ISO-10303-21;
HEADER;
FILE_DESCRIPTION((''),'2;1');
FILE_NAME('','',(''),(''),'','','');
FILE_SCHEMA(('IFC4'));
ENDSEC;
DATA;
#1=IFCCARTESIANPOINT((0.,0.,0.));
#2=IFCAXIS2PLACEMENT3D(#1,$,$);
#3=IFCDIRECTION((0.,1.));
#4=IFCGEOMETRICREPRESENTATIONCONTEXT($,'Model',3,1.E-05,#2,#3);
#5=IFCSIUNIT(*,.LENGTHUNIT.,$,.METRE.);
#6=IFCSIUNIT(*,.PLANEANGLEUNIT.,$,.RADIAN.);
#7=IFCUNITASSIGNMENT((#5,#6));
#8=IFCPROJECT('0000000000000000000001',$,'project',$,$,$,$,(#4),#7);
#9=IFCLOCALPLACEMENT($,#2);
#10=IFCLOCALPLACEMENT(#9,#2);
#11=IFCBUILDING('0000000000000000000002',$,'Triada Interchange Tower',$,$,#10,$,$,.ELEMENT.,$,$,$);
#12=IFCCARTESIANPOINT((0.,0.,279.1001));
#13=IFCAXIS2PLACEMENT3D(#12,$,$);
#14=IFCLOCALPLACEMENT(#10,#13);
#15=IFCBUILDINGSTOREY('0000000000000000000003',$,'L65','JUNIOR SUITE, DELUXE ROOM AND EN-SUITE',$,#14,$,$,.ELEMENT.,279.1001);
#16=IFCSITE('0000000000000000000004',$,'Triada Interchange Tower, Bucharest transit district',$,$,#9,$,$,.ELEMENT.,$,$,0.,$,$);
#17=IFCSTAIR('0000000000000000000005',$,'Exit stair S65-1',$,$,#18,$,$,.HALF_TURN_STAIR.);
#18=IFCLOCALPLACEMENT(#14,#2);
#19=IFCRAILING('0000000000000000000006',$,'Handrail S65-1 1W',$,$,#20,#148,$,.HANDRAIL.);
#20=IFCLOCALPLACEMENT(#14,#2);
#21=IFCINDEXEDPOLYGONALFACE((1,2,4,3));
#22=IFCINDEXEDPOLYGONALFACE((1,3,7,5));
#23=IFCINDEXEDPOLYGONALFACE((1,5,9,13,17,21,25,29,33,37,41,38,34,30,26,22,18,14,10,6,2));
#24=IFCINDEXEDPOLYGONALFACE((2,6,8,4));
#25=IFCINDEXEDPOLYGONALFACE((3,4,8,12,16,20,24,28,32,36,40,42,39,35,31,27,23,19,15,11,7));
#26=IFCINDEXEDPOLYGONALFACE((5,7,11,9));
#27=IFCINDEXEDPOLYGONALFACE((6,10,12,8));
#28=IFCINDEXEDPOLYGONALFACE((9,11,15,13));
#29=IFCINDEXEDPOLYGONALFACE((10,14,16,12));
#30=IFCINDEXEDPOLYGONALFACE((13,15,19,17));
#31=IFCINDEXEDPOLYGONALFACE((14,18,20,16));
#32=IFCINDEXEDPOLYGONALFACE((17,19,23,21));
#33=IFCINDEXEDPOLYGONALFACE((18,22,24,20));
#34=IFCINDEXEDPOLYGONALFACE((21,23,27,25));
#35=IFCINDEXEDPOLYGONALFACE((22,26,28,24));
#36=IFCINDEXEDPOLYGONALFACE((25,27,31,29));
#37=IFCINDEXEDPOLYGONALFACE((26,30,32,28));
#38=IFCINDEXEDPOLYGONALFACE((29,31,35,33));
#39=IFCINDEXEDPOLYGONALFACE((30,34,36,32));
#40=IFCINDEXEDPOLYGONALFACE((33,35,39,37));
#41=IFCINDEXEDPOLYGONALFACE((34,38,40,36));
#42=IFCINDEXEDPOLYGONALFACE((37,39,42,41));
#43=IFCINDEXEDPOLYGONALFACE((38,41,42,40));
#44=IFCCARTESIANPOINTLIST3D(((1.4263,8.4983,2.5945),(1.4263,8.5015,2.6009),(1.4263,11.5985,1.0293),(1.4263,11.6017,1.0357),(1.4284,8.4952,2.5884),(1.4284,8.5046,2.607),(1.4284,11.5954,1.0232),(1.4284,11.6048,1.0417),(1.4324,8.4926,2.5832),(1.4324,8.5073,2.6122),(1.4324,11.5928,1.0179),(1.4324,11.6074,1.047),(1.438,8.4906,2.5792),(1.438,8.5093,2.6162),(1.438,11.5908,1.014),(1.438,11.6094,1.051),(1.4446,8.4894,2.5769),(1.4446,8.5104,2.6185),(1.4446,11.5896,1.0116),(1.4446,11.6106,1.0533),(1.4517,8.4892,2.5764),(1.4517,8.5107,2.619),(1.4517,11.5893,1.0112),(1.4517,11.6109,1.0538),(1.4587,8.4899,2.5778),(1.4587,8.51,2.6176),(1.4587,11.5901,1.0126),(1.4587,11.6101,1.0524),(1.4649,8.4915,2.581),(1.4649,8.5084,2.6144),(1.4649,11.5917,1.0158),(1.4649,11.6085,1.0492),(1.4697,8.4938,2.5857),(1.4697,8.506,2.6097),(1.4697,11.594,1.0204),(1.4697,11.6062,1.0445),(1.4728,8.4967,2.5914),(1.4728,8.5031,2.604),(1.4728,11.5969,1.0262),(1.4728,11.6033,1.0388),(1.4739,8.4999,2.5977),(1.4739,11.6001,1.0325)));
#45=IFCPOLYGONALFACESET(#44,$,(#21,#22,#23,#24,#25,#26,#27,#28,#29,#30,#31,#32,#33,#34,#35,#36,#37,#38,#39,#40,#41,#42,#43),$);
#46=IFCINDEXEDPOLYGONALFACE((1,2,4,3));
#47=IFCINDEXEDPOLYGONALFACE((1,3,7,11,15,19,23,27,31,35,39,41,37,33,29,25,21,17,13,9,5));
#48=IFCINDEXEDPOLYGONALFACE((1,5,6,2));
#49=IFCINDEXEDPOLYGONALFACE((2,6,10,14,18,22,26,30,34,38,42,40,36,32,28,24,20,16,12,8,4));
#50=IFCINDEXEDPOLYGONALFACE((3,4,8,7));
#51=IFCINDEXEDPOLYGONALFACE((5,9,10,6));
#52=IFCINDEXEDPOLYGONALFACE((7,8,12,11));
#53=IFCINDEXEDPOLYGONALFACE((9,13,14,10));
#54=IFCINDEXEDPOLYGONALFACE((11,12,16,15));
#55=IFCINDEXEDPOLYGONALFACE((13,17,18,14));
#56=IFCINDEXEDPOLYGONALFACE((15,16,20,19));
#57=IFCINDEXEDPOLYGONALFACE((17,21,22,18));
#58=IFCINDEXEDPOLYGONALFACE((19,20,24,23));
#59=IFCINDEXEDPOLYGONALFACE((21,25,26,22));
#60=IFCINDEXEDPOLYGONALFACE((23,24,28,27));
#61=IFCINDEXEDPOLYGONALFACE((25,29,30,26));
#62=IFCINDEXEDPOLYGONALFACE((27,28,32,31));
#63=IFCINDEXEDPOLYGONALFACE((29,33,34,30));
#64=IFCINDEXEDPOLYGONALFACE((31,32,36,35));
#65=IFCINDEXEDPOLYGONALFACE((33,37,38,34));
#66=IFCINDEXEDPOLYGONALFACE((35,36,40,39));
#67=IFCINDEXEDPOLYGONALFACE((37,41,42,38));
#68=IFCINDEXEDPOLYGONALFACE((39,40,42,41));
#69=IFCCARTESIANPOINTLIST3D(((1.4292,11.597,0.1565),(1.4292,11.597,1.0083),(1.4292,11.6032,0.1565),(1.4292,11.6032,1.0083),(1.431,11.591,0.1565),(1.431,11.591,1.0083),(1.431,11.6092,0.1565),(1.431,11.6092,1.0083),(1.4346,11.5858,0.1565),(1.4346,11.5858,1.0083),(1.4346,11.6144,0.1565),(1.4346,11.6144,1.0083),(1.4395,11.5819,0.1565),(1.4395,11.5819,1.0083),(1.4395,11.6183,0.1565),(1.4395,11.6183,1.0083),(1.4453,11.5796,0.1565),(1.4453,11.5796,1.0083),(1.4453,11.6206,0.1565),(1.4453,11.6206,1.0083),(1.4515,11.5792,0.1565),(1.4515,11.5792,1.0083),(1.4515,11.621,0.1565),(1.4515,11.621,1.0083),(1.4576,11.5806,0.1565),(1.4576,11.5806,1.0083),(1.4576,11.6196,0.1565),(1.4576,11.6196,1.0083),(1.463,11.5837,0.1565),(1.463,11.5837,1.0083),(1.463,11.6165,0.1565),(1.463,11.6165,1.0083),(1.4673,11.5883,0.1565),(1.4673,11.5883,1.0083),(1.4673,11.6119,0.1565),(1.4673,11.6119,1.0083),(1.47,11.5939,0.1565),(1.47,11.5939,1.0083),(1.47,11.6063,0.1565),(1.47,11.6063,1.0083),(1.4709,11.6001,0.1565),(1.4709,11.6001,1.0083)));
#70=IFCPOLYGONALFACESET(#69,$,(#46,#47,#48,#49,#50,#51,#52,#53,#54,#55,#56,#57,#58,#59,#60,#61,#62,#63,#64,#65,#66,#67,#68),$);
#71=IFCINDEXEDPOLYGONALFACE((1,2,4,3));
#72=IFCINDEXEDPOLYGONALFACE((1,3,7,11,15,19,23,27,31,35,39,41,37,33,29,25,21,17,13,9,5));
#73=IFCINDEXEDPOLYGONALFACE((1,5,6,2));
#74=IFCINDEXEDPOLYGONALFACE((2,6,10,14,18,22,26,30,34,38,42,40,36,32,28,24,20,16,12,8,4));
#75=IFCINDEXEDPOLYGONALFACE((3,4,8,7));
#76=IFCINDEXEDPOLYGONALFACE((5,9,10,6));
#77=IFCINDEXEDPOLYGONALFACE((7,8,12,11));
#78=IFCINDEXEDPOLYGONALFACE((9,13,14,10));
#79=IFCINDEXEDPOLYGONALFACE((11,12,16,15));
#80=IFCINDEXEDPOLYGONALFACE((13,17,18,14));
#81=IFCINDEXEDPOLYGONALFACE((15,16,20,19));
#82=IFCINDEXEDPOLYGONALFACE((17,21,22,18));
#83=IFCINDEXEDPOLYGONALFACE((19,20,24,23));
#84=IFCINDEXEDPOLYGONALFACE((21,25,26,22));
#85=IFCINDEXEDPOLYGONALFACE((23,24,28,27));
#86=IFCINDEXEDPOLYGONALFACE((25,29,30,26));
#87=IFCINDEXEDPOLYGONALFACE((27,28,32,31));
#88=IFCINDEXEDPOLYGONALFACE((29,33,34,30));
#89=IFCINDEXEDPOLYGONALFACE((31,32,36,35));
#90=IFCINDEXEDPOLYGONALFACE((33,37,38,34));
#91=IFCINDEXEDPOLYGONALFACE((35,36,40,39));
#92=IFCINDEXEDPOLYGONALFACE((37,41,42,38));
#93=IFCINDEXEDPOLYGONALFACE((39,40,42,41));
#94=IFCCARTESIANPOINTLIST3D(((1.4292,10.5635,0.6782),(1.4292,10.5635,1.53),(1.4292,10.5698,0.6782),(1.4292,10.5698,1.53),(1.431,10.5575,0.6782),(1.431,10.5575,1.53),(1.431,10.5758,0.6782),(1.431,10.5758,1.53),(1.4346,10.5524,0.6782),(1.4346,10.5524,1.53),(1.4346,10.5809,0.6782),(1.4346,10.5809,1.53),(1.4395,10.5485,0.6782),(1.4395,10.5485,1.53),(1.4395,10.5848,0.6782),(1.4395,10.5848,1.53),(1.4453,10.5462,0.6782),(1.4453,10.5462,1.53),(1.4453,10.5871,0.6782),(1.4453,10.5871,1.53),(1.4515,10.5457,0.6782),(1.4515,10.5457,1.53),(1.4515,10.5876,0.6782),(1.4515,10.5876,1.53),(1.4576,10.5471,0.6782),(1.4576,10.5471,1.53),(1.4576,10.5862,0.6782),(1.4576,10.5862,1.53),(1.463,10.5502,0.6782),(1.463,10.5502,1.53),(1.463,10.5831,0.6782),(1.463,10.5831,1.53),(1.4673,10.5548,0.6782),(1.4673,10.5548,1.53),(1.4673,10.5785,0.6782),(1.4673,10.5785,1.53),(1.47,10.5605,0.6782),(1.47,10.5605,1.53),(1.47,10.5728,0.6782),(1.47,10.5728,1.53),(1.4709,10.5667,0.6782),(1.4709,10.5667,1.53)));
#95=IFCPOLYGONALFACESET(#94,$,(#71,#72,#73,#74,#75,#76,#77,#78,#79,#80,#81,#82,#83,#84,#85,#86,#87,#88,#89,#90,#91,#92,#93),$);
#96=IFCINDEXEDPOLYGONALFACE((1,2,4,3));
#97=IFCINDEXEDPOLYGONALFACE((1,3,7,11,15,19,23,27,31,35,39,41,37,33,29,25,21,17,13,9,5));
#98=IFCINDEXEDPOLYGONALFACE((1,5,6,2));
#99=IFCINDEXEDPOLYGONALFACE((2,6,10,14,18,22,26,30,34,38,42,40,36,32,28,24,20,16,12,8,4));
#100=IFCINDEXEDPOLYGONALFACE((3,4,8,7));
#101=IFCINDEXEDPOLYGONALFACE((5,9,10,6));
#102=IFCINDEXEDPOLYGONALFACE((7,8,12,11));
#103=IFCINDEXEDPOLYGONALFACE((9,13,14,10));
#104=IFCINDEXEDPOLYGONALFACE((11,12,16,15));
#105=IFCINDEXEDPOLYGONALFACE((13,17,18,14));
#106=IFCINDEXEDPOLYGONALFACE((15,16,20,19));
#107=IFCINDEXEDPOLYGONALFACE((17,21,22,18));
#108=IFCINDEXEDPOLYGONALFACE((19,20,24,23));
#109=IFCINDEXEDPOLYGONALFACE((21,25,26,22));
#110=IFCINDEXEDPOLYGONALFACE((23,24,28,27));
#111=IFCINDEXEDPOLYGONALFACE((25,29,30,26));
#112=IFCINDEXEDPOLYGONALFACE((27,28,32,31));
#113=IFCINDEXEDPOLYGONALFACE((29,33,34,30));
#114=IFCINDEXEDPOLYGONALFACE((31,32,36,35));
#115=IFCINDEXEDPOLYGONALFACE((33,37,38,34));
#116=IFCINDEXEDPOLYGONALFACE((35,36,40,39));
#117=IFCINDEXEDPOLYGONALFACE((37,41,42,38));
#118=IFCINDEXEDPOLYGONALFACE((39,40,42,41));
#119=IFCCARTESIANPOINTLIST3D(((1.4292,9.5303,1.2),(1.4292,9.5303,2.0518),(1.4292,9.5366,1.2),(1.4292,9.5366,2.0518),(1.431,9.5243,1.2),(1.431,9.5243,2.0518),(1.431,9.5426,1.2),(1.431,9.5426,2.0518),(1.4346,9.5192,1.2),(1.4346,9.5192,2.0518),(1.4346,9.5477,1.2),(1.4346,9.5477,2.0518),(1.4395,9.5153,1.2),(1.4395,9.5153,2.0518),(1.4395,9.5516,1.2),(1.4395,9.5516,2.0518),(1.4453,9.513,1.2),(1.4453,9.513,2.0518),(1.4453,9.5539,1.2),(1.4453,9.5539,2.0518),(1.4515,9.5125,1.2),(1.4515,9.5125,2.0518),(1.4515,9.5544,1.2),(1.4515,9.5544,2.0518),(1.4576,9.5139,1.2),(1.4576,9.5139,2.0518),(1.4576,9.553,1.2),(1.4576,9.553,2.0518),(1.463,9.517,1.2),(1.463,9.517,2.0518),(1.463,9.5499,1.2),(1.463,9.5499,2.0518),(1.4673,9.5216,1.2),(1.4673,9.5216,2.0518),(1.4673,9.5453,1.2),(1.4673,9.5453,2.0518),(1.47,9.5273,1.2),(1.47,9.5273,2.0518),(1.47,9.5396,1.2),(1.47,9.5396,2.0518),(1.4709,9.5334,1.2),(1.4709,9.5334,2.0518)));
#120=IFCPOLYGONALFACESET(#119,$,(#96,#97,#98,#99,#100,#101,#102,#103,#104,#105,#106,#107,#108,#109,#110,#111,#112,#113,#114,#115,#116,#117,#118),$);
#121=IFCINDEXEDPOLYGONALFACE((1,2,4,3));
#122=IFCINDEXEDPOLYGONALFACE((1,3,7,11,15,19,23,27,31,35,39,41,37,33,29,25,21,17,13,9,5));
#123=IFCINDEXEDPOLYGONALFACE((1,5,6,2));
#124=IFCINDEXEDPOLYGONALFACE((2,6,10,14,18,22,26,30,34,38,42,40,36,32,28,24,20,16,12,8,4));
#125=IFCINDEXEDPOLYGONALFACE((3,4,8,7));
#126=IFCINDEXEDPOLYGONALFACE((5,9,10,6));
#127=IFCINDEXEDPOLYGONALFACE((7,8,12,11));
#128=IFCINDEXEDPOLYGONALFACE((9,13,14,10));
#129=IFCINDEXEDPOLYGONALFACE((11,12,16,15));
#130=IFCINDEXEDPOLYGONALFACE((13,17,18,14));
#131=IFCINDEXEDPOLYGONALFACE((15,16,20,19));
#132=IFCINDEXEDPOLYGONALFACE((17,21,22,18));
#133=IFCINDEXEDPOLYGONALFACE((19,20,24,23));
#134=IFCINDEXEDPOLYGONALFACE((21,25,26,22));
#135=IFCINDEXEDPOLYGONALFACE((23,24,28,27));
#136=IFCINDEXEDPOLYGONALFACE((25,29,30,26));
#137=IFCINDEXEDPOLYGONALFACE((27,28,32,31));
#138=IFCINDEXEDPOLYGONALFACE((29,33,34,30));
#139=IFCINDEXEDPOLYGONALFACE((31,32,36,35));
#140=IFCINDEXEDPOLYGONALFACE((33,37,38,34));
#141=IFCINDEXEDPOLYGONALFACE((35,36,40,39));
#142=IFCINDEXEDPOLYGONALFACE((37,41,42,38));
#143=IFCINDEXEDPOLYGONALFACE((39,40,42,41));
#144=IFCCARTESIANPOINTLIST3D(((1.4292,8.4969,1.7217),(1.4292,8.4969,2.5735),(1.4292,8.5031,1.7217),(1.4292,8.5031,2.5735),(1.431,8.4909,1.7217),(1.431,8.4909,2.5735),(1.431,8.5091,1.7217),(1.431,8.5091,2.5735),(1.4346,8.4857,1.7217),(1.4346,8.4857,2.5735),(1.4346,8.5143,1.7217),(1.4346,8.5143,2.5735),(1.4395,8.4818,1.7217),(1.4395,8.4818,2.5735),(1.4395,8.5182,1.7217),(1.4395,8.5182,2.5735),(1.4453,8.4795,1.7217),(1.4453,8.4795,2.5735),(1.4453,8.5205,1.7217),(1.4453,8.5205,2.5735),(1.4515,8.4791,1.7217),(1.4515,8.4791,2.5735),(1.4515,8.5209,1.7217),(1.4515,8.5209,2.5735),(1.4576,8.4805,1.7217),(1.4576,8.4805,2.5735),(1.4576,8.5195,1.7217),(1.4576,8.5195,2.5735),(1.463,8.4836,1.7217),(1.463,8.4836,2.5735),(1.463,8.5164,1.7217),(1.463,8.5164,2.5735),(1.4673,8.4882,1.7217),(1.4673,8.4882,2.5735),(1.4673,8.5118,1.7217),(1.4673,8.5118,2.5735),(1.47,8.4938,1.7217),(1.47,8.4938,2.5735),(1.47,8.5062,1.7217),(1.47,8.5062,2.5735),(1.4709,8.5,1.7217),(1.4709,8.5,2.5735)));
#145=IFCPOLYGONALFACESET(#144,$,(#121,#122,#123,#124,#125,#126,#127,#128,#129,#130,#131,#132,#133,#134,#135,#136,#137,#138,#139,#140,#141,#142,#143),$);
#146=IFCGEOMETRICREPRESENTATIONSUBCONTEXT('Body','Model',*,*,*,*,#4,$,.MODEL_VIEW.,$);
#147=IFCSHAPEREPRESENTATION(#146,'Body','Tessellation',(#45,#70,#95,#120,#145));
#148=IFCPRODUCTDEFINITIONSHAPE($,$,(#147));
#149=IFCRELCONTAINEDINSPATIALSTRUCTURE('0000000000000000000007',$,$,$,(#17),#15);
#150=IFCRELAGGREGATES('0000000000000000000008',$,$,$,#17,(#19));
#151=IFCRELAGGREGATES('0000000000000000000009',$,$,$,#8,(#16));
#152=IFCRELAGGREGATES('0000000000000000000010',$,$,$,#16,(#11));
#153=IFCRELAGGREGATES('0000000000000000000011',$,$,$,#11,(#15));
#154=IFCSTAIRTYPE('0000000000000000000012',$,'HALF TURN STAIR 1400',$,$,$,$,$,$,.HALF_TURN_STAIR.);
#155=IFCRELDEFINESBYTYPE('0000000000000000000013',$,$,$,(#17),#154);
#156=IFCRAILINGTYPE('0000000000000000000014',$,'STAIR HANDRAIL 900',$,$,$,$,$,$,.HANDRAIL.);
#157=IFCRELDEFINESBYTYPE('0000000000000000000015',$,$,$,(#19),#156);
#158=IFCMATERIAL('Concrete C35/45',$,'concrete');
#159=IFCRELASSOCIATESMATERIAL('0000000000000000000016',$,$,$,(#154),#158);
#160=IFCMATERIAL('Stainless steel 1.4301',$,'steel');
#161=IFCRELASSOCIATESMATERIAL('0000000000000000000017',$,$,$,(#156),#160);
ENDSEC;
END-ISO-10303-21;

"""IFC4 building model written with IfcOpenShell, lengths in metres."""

from ifc_helpers import new_model, si_unit, direction, frame, origin, origin_2d, place, context, subcontext, project, spatial, circle, extrude, material, type_object, element, aggregate, save


model = new_model("IFC4")

# Units and contexts
model_context = context("Model", 3, precision=1e-05, world=origin(), true_north=direction((0.0, 1.0)))
body_context = subcontext(model_context, "Body", "Model", "MODEL_VIEW")
ifc_project = project(units=[si_unit("LENGTHUNIT", "METRE"), si_unit("PLANEANGLEUNIT", "RADIAN")], contexts=[model_context])

# Site, building, storey
site_placement = place(None, origin())
site = spatial("IfcSite", under=ifc_project, at=site_placement, Name="Triada Interchange Tower, Bucharest transit district", CompositionType="ELEMENT", RefElevation=0.0)
building_placement = place(site_placement, origin())
building = spatial("IfcBuilding", under=site, at=building_placement, Name="Triada Interchange Tower", CompositionType="ELEMENT")
storey_placement = place(building_placement, frame((0.0, 0.0, 279.1001)))
storey = spatial("IfcBuildingStorey", under=building, at=storey_placement, Name="L65", Description="JUNIOR SUITE, DELUXE ROOM AND EN-SUITE", CompositionType="ELEMENT", Elevation=279.1001)

# Stair
ifc_material_1 = material(Name="Concrete C35/45", Category="concrete")
stair_type = type_object("IfcStairType", Name="HALF TURN STAIR 1400", PredefinedType="HALF_TURN_STAIR", material=ifc_material_1)
stair_placement = place(storey_placement, origin())
stair = element("IfcStair", 1, at=stair_placement, inside=storey, type_object=stair_type, Name="Exit stair S65-1", PredefinedType="HALF_TURN_STAIR")

# Railing
ifc_material_2 = material(Name="Stainless steel 1.4301", Category="steel")
railing_type = type_object("IfcRailingType", Name="STAIR HANDRAIL 900", PredefinedType="HANDRAIL", material=ifc_material_2)
railing_1_placement = place(storey_placement, frame((1.45, 11.6001, 0.1565)))
railing_1 = element("IfcRailing", 2, at=railing_1_placement, type_object=railing_type, Name="Handrail S65-1 1W", PredefinedType="HANDRAIL", context=body_context, shape_type="SweptSolid", body=[
    extrude(circle(Radius=0.0239, at=origin_2d()), frame((0.0, 0.0, 0.876), z_axis=(0.0, -0.892677, 0.450697), x_axis=(1.0, 0.0, 0.0)), (0.0, 0.0, 1.0), 3.4729),
    extrude(circle(Radius=0.021, at=origin_2d()), origin(), (0.0, 0.0, 1.0), 0.8518),
    extrude(circle(Radius=0.021, at=origin_2d()), frame((0.0, -1.0334, 0.5217)), (0.0, 0.0, 1.0), 0.8518),
    extrude(circle(Radius=0.021, at=origin_2d()), frame((0.0, -2.0667, 1.0435)), (0.0, 0.0, 1.0), 0.8518),
    extrude(circle(Radius=0.021, at=origin_2d()), frame((0.0, -3.1001, 1.5652)), (0.0, 0.0, 1.0), 0.8518),
])
aggregate(stair, [railing_1])

save(model, "model.ifc")
